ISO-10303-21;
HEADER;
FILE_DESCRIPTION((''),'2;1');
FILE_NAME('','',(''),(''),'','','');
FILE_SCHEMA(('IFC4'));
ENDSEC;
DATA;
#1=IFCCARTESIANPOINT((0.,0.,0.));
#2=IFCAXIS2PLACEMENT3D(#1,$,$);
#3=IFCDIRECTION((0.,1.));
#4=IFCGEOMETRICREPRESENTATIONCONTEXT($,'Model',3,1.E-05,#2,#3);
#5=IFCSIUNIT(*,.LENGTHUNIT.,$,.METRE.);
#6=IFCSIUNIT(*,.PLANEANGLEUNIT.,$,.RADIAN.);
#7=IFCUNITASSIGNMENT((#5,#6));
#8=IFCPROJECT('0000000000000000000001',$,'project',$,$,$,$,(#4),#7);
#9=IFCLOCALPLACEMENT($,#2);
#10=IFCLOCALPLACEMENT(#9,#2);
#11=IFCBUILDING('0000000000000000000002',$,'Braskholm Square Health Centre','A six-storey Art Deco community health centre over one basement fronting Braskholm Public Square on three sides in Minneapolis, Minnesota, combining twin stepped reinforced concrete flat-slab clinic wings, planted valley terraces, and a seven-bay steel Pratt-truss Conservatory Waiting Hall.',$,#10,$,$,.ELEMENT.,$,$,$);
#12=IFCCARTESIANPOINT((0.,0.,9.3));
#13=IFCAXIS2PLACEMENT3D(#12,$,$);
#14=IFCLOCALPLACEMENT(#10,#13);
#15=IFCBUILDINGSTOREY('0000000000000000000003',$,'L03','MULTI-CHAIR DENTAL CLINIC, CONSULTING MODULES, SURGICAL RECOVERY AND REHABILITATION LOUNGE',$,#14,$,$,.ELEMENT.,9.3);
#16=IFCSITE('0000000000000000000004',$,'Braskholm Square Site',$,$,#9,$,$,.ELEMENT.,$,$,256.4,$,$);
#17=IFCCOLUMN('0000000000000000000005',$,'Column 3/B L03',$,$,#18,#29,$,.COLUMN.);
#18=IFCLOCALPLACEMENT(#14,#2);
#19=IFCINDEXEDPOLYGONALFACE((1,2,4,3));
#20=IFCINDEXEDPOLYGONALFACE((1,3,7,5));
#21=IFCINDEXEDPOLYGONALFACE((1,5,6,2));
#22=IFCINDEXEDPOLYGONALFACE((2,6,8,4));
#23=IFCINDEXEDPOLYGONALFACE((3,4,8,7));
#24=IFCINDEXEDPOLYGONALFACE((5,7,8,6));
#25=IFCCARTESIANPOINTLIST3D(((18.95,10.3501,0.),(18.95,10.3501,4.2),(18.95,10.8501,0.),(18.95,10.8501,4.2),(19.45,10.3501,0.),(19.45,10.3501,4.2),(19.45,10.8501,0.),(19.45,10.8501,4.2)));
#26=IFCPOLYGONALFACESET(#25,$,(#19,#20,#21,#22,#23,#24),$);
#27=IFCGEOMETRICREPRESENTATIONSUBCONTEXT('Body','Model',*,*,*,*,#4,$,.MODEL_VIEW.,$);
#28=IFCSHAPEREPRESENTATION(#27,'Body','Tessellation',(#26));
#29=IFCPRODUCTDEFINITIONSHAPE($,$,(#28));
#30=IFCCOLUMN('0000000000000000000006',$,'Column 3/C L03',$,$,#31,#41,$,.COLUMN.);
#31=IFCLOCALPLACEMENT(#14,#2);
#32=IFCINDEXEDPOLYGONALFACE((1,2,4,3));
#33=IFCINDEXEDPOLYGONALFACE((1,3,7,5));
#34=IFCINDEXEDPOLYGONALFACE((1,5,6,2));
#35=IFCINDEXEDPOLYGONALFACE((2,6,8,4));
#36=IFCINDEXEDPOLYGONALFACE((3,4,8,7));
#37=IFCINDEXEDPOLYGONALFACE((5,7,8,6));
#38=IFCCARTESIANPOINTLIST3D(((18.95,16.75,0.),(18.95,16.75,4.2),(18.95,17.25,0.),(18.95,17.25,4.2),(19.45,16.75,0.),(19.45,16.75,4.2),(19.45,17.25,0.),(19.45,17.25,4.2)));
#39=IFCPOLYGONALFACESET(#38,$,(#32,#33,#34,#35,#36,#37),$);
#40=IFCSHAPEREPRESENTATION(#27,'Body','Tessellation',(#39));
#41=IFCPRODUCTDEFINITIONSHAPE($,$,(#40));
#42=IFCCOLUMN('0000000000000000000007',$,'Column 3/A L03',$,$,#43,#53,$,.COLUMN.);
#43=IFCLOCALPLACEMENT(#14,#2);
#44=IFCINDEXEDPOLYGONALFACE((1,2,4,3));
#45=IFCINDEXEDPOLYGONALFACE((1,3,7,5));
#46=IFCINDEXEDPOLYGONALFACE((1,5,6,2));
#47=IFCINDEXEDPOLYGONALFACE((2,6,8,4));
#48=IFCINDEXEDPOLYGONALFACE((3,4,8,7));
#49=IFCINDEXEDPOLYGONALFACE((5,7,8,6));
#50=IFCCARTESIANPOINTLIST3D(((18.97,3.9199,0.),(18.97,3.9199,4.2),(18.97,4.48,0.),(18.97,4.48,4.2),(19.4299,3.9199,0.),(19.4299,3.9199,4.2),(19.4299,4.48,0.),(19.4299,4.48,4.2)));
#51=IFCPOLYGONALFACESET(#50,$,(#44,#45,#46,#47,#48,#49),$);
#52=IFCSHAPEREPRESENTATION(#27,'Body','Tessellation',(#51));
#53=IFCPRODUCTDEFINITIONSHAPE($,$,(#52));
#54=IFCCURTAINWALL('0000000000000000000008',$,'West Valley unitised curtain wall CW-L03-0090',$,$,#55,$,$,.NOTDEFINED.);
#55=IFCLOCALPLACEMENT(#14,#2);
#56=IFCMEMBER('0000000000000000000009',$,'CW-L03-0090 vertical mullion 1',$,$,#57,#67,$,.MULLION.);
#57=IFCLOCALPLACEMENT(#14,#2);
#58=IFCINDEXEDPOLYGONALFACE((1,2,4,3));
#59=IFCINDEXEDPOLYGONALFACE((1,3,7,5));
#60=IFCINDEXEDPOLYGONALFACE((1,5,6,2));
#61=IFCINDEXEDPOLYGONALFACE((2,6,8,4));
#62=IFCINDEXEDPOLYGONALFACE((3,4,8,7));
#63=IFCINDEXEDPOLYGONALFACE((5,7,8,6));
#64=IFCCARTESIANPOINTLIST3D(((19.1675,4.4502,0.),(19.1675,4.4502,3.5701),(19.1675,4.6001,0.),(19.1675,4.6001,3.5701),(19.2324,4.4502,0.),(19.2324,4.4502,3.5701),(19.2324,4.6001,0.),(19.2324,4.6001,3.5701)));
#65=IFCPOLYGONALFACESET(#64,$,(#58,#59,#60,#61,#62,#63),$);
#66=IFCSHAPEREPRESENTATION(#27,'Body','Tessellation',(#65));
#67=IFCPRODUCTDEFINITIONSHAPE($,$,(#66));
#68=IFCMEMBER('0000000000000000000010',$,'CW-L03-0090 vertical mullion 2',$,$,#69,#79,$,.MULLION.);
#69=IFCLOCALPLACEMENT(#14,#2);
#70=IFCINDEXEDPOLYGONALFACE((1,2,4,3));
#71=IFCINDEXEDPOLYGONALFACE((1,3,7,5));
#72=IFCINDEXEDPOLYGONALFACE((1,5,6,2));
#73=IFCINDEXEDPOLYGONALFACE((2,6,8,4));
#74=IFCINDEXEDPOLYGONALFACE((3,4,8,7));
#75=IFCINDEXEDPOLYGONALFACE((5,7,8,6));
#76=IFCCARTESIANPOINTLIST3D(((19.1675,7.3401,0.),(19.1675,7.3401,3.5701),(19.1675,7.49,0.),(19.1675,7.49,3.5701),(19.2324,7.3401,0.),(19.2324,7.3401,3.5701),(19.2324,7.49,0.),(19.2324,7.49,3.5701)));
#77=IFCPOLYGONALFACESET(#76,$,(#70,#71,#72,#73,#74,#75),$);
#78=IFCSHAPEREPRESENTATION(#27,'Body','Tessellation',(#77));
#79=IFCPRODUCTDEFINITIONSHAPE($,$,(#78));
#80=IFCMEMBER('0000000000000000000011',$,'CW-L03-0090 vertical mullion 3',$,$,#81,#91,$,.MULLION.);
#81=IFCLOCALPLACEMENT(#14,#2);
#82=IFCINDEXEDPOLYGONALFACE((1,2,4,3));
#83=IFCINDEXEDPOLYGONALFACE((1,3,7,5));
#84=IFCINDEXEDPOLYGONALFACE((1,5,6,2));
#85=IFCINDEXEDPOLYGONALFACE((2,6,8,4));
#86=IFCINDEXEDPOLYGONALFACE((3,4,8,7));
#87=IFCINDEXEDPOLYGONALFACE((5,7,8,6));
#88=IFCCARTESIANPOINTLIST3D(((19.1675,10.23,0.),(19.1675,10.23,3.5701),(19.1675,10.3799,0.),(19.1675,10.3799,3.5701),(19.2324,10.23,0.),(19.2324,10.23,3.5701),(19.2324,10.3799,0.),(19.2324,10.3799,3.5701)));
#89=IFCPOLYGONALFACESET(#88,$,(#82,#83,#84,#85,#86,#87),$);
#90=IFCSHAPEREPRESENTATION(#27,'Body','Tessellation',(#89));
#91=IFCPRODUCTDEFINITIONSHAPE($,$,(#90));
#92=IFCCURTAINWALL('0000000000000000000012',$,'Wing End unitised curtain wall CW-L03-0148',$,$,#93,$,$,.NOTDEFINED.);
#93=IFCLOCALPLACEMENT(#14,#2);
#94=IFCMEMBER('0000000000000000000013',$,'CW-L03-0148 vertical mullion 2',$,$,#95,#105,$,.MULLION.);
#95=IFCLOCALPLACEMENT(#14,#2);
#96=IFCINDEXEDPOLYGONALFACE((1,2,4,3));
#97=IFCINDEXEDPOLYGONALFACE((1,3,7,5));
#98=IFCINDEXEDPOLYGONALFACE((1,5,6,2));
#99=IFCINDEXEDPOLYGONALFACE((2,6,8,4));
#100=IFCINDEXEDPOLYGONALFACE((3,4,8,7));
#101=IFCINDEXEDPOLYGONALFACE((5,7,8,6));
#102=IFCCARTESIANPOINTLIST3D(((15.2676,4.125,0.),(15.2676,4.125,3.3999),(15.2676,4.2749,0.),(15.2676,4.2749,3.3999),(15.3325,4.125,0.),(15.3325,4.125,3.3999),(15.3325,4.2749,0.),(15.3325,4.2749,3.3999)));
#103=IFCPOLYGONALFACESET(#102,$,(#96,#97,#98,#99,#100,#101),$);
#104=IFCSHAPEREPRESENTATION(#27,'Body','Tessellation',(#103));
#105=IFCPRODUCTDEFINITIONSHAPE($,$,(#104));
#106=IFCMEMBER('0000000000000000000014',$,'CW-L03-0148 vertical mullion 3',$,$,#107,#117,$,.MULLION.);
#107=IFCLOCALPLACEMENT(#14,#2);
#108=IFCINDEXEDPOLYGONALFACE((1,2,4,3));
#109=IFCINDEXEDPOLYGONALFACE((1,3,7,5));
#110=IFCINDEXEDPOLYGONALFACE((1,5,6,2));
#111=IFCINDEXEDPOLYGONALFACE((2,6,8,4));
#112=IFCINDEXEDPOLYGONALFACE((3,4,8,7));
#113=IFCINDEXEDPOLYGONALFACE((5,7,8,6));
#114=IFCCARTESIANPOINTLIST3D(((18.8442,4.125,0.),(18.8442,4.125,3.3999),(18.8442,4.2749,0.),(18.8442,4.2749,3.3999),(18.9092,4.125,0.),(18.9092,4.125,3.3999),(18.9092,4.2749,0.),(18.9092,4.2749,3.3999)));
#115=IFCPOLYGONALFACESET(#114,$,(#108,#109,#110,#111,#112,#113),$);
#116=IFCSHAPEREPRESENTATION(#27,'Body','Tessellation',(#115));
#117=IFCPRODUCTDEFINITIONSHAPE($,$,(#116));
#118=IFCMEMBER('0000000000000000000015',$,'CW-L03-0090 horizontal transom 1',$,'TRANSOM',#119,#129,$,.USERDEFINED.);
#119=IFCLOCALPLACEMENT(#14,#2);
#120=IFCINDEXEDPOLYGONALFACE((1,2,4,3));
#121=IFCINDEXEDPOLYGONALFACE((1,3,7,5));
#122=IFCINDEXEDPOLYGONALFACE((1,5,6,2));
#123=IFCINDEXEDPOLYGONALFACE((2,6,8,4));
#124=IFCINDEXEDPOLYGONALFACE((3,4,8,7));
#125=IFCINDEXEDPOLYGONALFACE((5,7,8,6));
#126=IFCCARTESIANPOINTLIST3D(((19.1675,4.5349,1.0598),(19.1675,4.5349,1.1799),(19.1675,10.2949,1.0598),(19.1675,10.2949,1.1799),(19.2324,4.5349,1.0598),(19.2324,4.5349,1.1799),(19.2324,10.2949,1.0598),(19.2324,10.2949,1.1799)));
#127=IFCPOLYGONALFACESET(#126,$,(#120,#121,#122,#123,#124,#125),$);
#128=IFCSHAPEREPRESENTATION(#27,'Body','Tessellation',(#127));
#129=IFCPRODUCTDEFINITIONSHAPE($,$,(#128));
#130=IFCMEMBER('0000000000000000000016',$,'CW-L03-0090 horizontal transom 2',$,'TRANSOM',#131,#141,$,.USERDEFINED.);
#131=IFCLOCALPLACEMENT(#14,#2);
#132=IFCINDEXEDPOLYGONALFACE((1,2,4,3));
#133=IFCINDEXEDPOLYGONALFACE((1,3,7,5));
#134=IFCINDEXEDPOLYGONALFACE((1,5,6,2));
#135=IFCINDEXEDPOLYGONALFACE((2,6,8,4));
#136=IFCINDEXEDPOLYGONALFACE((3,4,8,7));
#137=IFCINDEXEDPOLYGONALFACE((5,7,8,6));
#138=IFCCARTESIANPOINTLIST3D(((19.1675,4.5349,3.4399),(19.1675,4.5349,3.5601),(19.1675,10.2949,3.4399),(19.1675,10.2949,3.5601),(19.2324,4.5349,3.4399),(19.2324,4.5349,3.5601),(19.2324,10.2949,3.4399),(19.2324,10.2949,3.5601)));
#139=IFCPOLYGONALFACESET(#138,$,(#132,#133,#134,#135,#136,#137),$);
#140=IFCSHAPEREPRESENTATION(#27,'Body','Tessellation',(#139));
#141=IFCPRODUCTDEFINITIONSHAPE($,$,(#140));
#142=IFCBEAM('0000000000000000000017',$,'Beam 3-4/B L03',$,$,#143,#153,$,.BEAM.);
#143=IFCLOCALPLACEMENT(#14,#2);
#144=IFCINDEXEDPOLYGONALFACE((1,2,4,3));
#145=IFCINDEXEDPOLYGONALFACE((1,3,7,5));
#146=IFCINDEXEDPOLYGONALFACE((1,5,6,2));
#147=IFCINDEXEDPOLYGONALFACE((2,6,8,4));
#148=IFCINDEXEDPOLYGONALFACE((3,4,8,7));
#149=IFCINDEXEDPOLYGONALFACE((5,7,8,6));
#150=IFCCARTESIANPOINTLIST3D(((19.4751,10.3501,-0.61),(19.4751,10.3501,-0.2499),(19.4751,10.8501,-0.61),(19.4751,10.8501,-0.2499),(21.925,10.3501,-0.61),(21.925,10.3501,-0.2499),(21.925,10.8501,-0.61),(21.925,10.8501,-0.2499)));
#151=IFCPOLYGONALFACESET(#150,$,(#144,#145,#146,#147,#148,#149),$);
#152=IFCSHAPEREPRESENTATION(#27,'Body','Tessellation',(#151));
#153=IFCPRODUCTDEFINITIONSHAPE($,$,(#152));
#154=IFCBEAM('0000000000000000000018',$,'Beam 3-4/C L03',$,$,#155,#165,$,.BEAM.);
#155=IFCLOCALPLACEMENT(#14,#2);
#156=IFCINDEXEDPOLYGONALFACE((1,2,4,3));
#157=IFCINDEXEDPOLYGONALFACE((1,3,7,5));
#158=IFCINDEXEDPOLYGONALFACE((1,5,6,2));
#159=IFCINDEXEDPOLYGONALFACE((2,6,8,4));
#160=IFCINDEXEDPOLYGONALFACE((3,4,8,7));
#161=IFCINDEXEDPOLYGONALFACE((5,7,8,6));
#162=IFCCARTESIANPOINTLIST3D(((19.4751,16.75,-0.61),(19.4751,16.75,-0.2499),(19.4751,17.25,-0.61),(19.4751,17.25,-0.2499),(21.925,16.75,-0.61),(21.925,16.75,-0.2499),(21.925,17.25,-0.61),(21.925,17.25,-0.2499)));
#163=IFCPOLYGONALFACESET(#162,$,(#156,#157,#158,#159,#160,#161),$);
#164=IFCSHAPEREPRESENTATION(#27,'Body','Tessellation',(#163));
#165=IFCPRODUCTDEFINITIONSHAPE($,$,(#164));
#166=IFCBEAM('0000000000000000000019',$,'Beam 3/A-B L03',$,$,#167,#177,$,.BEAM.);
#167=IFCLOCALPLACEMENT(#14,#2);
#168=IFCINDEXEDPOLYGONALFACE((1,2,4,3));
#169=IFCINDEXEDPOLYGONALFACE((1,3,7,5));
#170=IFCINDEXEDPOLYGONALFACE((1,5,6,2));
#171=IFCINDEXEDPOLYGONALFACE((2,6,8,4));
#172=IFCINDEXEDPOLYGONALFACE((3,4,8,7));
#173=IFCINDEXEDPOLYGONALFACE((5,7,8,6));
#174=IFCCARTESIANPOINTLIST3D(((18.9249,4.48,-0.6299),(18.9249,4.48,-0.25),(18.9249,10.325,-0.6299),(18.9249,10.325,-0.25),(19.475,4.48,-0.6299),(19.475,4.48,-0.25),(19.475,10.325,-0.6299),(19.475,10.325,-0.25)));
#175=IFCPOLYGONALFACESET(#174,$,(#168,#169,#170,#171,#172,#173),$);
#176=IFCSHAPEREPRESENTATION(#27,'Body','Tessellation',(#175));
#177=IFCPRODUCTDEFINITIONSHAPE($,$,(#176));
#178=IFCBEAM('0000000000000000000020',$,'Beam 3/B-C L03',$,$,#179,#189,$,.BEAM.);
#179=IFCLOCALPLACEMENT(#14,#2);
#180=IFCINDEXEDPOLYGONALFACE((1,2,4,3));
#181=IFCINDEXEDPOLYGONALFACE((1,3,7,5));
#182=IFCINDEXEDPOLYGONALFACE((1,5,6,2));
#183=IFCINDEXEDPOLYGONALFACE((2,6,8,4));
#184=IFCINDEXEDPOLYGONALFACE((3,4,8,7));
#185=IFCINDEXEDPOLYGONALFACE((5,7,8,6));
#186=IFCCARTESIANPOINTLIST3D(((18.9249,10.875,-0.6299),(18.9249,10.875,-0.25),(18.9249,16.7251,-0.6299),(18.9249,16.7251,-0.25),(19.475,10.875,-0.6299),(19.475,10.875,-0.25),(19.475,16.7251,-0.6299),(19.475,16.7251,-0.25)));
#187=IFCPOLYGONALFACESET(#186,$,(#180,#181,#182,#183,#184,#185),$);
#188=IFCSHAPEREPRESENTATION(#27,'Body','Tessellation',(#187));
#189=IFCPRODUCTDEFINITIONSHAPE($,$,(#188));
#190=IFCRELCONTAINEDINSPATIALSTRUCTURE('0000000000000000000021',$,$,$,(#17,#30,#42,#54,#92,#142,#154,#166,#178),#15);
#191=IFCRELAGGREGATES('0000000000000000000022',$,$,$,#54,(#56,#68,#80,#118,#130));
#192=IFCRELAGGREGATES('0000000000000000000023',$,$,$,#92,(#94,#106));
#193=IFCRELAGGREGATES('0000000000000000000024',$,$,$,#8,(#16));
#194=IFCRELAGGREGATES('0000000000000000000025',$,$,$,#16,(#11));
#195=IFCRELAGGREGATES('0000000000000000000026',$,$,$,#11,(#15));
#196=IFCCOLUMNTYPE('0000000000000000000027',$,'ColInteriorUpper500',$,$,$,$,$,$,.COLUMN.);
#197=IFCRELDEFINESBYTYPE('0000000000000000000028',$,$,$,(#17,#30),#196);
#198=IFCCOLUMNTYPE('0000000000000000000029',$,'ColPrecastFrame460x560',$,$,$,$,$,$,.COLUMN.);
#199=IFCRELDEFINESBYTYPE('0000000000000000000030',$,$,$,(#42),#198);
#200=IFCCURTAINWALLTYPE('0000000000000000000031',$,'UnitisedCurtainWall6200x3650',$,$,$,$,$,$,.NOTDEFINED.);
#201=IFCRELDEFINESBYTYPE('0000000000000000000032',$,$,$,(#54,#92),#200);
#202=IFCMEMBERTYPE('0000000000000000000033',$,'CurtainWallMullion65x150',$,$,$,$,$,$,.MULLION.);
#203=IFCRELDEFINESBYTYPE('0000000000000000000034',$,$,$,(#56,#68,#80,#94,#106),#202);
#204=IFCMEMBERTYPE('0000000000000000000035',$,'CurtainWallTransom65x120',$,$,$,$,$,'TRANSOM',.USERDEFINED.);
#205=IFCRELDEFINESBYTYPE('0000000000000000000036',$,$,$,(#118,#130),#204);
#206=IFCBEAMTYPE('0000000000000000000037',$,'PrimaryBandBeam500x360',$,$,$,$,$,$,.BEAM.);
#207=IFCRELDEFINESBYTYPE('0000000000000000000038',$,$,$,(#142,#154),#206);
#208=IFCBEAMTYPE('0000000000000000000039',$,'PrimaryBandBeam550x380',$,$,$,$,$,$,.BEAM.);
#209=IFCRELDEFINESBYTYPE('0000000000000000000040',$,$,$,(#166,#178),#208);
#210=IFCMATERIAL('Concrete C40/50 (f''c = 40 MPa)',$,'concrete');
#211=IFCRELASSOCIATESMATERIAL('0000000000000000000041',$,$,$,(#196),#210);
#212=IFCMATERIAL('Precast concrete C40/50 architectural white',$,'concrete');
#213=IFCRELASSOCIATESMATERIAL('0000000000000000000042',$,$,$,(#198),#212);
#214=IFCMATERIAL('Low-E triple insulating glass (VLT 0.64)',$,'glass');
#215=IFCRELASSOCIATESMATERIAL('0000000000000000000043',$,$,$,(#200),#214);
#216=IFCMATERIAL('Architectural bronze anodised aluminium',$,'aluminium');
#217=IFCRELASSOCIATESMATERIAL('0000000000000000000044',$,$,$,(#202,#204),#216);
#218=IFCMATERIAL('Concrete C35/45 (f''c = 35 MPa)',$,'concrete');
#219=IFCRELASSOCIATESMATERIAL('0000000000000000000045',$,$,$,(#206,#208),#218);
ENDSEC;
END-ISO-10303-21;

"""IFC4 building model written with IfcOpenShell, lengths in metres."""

from ifc_helpers import new_model, si_unit, direction, frame, origin, origin_2d, place, context, subcontext, project, spatial, rectangle, extrude, material, material_profile, profile_set, type_object, element, aggregate, save


model = new_model("IFC4")

# Units and contexts
model_context = context("Model", 3, precision=1e-05, world=origin(), true_north=direction((0.0, 1.0)))
body_context = subcontext(model_context, "Body", "Model", "MODEL_VIEW")
ifc_project = project(units=[si_unit("LENGTHUNIT", "METRE"), si_unit("PLANEANGLEUNIT", "RADIAN")], contexts=[model_context])

# Site, building, storey
site_placement = place(None, origin())
site = spatial("IfcSite", under=ifc_project, at=site_placement, Name="Braskholm Square Site", CompositionType="ELEMENT", RefElevation=256.4)
building_placement = place(site_placement, origin())
building = spatial("IfcBuilding", under=site, at=building_placement, Name="Braskholm Square Health Centre", Description="A six-storey Art Deco community health centre over one basement fronting Braskholm Public Square on three sides in Minneapolis, Minnesota, combining twin stepped reinforced concrete flat-slab clinic wings, planted valley terraces, and a seven-bay steel Pratt-truss Conservatory Waiting Hall.", CompositionType="ELEMENT")
storey_placement = place(building_placement, frame((0.0, 0.0, 9.3)))
storey = spatial("IfcBuildingStorey", under=building, at=storey_placement, Name="L03", Description="MULTI-CHAIR DENTAL CLINIC, CONSULTING MODULES, SURGICAL RECOVERY AND REHABILITATION LOUNGE", CompositionType="ELEMENT", Elevation=9.3)

# Columns
ifc_material_1 = material(Name="Concrete C40/50 (f'c = 40 MPa)", Category="concrete")
ifc_material_profile_1 = material_profile(ifc_material_1, rectangle(XDim=0.5, YDim=0.5, at=origin_2d()), Name="RC-500X500")
ifc_profile_set_1 = profile_set([ifc_material_profile_1], Name="Concrete C40/50 (f'c = 40 MPa)")
column_type_1 = type_object("IfcColumnType", Name="ColInteriorUpper500", PredefinedType="COLUMN", material=ifc_profile_set_1)
for number, where, z_axis, x_axis, name in (
    (1, (19.2, 10.6001, 0.0), (0.0, 0.0, 1.0), (1.0, 0.0, 0.0), "Column 3/B L03"),
    (2, (19.2, 17.0, 0.0), (0.0, 0.0, 1.0), (1.0, 0.0, 0.0), "Column 3/C L03"),
):
    element("IfcColumn", number, at=place(storey_placement, frame(where, z_axis=z_axis, x_axis=x_axis)), inside=storey, type_object=column_type_1, Name=name, PredefinedType="COLUMN", context=body_context, shape_type="SweptSolid", body=[
        extrude(rectangle(XDim=0.5, YDim=0.5, at=origin_2d()), origin(), (0.0, 0.0, 1.0), 4.2),
    ])
ifc_material_2 = material(Name="Precast concrete C40/50 architectural white", Category="concrete")
ifc_material_profile_2 = material_profile(ifc_material_2, rectangle(XDim=0.46, YDim=0.5601, at=origin_2d()), Name="RC-460X560")
ifc_profile_set_2 = profile_set([ifc_material_profile_2], Name="Precast concrete C40/50 architectural white")
column_type_2 = type_object("IfcColumnType", Name="ColPrecastFrame460x560", PredefinedType="COLUMN", material=ifc_profile_set_2)
column_placement = place(storey_placement, frame((19.2, 4.2, 0.0), z_axis=(0.0, 0.0, 1.0), x_axis=(1.0, 0.0, 0.0)))
element("IfcColumn", 3, at=column_placement, inside=storey, type_object=column_type_2, Name="Column 3/A L03", PredefinedType="COLUMN", context=body_context, shape_type="SweptSolid", body=[
    extrude(rectangle(XDim=0.46, YDim=0.5601, at=origin_2d()), origin(), (0.0, 0.0, 1.0), 4.2),
])

# Curtain walls, members
ifc_material_3 = material(Name="Low-E triple insulating glass (VLT 0.64)", Category="glass")
curtain_wall_type = type_object("IfcCurtainWallType", Name="UnitisedCurtainWall6200x3650", PredefinedType="NOTDEFINED", material=ifc_material_3)
curtain_wall_1_placement = place(storey_placement, origin())
curtain_wall_1 = element("IfcCurtainWall", 4, at=curtain_wall_1_placement, inside=storey, type_object=curtain_wall_type, Name="West Valley unitised curtain wall CW-L03-0090", PredefinedType="NOTDEFINED")
ifc_material_4 = material(Name="Architectural bronze anodised aluminium", Category="aluminium")
ifc_material_profile_3 = material_profile(ifc_material_4, rectangle(XDim=0.0649, YDim=0.1499, at=origin_2d()), Name="ALU-65X150")
ifc_profile_set_3 = profile_set([ifc_material_profile_3], Name="Architectural bronze anodised aluminium")
member_type_1 = type_object("IfcMemberType", Name="CurtainWallMullion65x150", PredefinedType="MULLION", material=ifc_profile_set_3)
member_1_placement = place(storey_placement, frame((19.2, 4.5251, 0.0), z_axis=(0.0, 0.0, 1.0), x_axis=(1.0, 0.0, 0.0)))
member_1 = element("IfcMember", 5, at=member_1_placement, type_object=member_type_1, Name="CW-L03-0090 vertical mullion 1", PredefinedType="MULLION", context=body_context, shape_type="SweptSolid", body=[
    extrude(rectangle(XDim=0.0649, YDim=0.1499, at=origin_2d()), origin(), (0.0, 0.0, 1.0), 3.5701),
])
member_2_placement = place(storey_placement, frame((19.2, 7.415, 0.0), z_axis=(0.0, 0.0, 1.0), x_axis=(1.0, 0.0, 0.0)))
member_2 = element("IfcMember", 6, at=member_2_placement, type_object=member_type_1, Name="CW-L03-0090 vertical mullion 2", PredefinedType="MULLION", context=body_context, shape_type="SweptSolid", body=[
    extrude(rectangle(XDim=0.0649, YDim=0.1499, at=origin_2d()), origin(), (0.0, 0.0, 1.0), 3.5701),
])
member_3_placement = place(storey_placement, frame((19.2, 10.3049, 0.0), z_axis=(0.0, 0.0, 1.0), x_axis=(1.0, 0.0, 0.0)))
member_3 = element("IfcMember", 7, at=member_3_placement, type_object=member_type_1, Name="CW-L03-0090 vertical mullion 3", PredefinedType="MULLION", context=body_context, shape_type="SweptSolid", body=[
    extrude(rectangle(XDim=0.0649, YDim=0.1499, at=origin_2d()), origin(), (0.0, 0.0, 1.0), 3.5701),
])
curtain_wall_2_placement = place(storey_placement, origin())
curtain_wall_2 = element("IfcCurtainWall", 8, at=curtain_wall_2_placement, inside=storey, type_object=curtain_wall_type, Name="Wing End unitised curtain wall CW-L03-0148", PredefinedType="NOTDEFINED")
member_4_placement = place(storey_placement, frame((15.3, 4.2, 0.0), z_axis=(0.0, 0.0, 1.0), x_axis=(1.0, 0.0, 0.0)))
member_4 = element("IfcMember", 9, at=member_4_placement, type_object=member_type_1, Name="CW-L03-0148 vertical mullion 2", PredefinedType="MULLION", context=body_context, shape_type="SweptSolid", body=[
    extrude(rectangle(XDim=0.0649, YDim=0.1499, at=origin_2d()), origin(), (0.0, 0.0, 1.0), 3.3999),
])
member_5_placement = place(storey_placement, frame((18.8767, 4.2, 0.0), z_axis=(0.0, 0.0, 1.0), x_axis=(1.0, 0.0, 0.0)))
member_5 = element("IfcMember", 10, at=member_5_placement, type_object=member_type_1, Name="CW-L03-0148 vertical mullion 3", PredefinedType="MULLION", context=body_context, shape_type="SweptSolid", body=[
    extrude(rectangle(XDim=0.0649, YDim=0.1499, at=origin_2d()), origin(), (0.0, 0.0, 1.0), 3.3999),
])

# Members
ifc_material_profile_4 = material_profile(ifc_material_4, rectangle(XDim=0.0649, YDim=0.1201, at=origin_2d()), Name="ALU-65X120")
ifc_profile_set_4 = profile_set([ifc_material_profile_4], Name="Architectural bronze anodised aluminium")
member_type_2 = type_object("IfcMemberType", Name="CurtainWallTransom65x120", ElementType="TRANSOM", PredefinedType="USERDEFINED", material=ifc_profile_set_4)
member_6_placement = place(storey_placement, frame((19.2, 4.5349, 1.1199), z_axis=(0.0, 1.0, 0.0), x_axis=(-1.0, 0.0, 0.0)))
member_6 = element("IfcMember", 11, at=member_6_placement, type_object=member_type_2, Name="CW-L03-0090 horizontal transom 1", ObjectType="TRANSOM", PredefinedType="USERDEFINED", context=body_context, shape_type="SweptSolid", body=[
    extrude(rectangle(XDim=0.0649, YDim=0.1201, at=origin_2d()), origin(), (0.0, 0.0, 1.0), 5.76),
])
member_7_placement = place(storey_placement, frame((19.2, 4.5349, 3.5), z_axis=(0.0, 1.0, 0.0), x_axis=(-1.0, 0.0, 0.0)))
member_7 = element("IfcMember", 12, at=member_7_placement, type_object=member_type_2, Name="CW-L03-0090 horizontal transom 2", ObjectType="TRANSOM", PredefinedType="USERDEFINED", context=body_context, shape_type="SweptSolid", body=[
    extrude(rectangle(XDim=0.0649, YDim=0.1201, at=origin_2d()), origin(), (0.0, 0.0, 1.0), 5.76),
])

# Beams
ifc_material_5 = material(Name="Concrete C35/45 (f'c = 35 MPa)", Category="concrete")
ifc_material_profile_5 = material_profile(ifc_material_5, rectangle(XDim=0.5, YDim=0.3601, at=origin_2d()), Name="RCB-500X360")
ifc_profile_set_5 = profile_set([ifc_material_profile_5], Name="Concrete C35/45 (f'c = 35 MPa)")
beam_type_1 = type_object("IfcBeamType", Name="PrimaryBandBeam500x360", PredefinedType="BEAM", material=ifc_profile_set_5)
for number, where, z_axis, x_axis, name in (
    (13, (19.4751, 10.6001, -0.4299), (1.0, 0.0, 0.0), (0.0, 1.0, 0.0), "Beam 3-4/B L03"),
    (14, (19.4751, 17.0, -0.4299), (1.0, 0.0, 0.0), (0.0, 1.0, 0.0), "Beam 3-4/C L03"),
):
    element("IfcBeam", number, at=place(storey_placement, frame(where, z_axis=z_axis, x_axis=x_axis)), inside=storey, type_object=beam_type_1, Name=name, PredefinedType="BEAM", context=body_context, shape_type="SweptSolid", body=[
        extrude(rectangle(XDim=0.5, YDim=0.3601, at=origin_2d()), origin(), (0.0, 0.0, 1.0), 2.45),
    ])
ifc_material_profile_6 = material_profile(ifc_material_5, rectangle(XDim=0.55, YDim=0.3799, at=origin_2d()), Name="RCB-550X380")
ifc_profile_set_6 = profile_set([ifc_material_profile_6], Name="Concrete C35/45 (f'c = 35 MPa)")
beam_type_2 = type_object("IfcBeamType", Name="PrimaryBandBeam550x380", PredefinedType="BEAM", material=ifc_profile_set_6)
beam_1_placement = place(storey_placement, frame((19.2, 4.48, -0.4399), z_axis=(0.0, 1.0, 0.0), x_axis=(-1.0, 0.0, 0.0)))
element("IfcBeam", 15, at=beam_1_placement, inside=storey, type_object=beam_type_2, Name="Beam 3/A-B L03", PredefinedType="BEAM", context=body_context, shape_type="SweptSolid", body=[
    extrude(rectangle(XDim=0.55, YDim=0.3799, at=origin_2d()), origin(), (0.0, 0.0, 1.0), 5.845),
])
for number, where, z_axis, x_axis, name in (
    (16, (19.2, 10.875, -0.4399), (0.0, 1.0, 0.0), (-1.0, 0.0, 0.0), "Beam 3/B-C L03"),
):
    element("IfcBeam", number, at=place(storey_placement, frame(where, z_axis=z_axis, x_axis=x_axis)), inside=storey, type_object=beam_type_2, Name=name, PredefinedType="BEAM", context=body_context, shape_type="SweptSolid", body=[
        extrude(rectangle(XDim=0.55, YDim=0.3799, at=origin_2d()), origin(), (0.0, 0.0, 1.0), 5.8501),
    ])

aggregate(curtain_wall_1, [member_1, member_2, member_3, member_6, member_7])
aggregate(curtain_wall_2, [member_4, member_5])

save(model, "model.ifc")
